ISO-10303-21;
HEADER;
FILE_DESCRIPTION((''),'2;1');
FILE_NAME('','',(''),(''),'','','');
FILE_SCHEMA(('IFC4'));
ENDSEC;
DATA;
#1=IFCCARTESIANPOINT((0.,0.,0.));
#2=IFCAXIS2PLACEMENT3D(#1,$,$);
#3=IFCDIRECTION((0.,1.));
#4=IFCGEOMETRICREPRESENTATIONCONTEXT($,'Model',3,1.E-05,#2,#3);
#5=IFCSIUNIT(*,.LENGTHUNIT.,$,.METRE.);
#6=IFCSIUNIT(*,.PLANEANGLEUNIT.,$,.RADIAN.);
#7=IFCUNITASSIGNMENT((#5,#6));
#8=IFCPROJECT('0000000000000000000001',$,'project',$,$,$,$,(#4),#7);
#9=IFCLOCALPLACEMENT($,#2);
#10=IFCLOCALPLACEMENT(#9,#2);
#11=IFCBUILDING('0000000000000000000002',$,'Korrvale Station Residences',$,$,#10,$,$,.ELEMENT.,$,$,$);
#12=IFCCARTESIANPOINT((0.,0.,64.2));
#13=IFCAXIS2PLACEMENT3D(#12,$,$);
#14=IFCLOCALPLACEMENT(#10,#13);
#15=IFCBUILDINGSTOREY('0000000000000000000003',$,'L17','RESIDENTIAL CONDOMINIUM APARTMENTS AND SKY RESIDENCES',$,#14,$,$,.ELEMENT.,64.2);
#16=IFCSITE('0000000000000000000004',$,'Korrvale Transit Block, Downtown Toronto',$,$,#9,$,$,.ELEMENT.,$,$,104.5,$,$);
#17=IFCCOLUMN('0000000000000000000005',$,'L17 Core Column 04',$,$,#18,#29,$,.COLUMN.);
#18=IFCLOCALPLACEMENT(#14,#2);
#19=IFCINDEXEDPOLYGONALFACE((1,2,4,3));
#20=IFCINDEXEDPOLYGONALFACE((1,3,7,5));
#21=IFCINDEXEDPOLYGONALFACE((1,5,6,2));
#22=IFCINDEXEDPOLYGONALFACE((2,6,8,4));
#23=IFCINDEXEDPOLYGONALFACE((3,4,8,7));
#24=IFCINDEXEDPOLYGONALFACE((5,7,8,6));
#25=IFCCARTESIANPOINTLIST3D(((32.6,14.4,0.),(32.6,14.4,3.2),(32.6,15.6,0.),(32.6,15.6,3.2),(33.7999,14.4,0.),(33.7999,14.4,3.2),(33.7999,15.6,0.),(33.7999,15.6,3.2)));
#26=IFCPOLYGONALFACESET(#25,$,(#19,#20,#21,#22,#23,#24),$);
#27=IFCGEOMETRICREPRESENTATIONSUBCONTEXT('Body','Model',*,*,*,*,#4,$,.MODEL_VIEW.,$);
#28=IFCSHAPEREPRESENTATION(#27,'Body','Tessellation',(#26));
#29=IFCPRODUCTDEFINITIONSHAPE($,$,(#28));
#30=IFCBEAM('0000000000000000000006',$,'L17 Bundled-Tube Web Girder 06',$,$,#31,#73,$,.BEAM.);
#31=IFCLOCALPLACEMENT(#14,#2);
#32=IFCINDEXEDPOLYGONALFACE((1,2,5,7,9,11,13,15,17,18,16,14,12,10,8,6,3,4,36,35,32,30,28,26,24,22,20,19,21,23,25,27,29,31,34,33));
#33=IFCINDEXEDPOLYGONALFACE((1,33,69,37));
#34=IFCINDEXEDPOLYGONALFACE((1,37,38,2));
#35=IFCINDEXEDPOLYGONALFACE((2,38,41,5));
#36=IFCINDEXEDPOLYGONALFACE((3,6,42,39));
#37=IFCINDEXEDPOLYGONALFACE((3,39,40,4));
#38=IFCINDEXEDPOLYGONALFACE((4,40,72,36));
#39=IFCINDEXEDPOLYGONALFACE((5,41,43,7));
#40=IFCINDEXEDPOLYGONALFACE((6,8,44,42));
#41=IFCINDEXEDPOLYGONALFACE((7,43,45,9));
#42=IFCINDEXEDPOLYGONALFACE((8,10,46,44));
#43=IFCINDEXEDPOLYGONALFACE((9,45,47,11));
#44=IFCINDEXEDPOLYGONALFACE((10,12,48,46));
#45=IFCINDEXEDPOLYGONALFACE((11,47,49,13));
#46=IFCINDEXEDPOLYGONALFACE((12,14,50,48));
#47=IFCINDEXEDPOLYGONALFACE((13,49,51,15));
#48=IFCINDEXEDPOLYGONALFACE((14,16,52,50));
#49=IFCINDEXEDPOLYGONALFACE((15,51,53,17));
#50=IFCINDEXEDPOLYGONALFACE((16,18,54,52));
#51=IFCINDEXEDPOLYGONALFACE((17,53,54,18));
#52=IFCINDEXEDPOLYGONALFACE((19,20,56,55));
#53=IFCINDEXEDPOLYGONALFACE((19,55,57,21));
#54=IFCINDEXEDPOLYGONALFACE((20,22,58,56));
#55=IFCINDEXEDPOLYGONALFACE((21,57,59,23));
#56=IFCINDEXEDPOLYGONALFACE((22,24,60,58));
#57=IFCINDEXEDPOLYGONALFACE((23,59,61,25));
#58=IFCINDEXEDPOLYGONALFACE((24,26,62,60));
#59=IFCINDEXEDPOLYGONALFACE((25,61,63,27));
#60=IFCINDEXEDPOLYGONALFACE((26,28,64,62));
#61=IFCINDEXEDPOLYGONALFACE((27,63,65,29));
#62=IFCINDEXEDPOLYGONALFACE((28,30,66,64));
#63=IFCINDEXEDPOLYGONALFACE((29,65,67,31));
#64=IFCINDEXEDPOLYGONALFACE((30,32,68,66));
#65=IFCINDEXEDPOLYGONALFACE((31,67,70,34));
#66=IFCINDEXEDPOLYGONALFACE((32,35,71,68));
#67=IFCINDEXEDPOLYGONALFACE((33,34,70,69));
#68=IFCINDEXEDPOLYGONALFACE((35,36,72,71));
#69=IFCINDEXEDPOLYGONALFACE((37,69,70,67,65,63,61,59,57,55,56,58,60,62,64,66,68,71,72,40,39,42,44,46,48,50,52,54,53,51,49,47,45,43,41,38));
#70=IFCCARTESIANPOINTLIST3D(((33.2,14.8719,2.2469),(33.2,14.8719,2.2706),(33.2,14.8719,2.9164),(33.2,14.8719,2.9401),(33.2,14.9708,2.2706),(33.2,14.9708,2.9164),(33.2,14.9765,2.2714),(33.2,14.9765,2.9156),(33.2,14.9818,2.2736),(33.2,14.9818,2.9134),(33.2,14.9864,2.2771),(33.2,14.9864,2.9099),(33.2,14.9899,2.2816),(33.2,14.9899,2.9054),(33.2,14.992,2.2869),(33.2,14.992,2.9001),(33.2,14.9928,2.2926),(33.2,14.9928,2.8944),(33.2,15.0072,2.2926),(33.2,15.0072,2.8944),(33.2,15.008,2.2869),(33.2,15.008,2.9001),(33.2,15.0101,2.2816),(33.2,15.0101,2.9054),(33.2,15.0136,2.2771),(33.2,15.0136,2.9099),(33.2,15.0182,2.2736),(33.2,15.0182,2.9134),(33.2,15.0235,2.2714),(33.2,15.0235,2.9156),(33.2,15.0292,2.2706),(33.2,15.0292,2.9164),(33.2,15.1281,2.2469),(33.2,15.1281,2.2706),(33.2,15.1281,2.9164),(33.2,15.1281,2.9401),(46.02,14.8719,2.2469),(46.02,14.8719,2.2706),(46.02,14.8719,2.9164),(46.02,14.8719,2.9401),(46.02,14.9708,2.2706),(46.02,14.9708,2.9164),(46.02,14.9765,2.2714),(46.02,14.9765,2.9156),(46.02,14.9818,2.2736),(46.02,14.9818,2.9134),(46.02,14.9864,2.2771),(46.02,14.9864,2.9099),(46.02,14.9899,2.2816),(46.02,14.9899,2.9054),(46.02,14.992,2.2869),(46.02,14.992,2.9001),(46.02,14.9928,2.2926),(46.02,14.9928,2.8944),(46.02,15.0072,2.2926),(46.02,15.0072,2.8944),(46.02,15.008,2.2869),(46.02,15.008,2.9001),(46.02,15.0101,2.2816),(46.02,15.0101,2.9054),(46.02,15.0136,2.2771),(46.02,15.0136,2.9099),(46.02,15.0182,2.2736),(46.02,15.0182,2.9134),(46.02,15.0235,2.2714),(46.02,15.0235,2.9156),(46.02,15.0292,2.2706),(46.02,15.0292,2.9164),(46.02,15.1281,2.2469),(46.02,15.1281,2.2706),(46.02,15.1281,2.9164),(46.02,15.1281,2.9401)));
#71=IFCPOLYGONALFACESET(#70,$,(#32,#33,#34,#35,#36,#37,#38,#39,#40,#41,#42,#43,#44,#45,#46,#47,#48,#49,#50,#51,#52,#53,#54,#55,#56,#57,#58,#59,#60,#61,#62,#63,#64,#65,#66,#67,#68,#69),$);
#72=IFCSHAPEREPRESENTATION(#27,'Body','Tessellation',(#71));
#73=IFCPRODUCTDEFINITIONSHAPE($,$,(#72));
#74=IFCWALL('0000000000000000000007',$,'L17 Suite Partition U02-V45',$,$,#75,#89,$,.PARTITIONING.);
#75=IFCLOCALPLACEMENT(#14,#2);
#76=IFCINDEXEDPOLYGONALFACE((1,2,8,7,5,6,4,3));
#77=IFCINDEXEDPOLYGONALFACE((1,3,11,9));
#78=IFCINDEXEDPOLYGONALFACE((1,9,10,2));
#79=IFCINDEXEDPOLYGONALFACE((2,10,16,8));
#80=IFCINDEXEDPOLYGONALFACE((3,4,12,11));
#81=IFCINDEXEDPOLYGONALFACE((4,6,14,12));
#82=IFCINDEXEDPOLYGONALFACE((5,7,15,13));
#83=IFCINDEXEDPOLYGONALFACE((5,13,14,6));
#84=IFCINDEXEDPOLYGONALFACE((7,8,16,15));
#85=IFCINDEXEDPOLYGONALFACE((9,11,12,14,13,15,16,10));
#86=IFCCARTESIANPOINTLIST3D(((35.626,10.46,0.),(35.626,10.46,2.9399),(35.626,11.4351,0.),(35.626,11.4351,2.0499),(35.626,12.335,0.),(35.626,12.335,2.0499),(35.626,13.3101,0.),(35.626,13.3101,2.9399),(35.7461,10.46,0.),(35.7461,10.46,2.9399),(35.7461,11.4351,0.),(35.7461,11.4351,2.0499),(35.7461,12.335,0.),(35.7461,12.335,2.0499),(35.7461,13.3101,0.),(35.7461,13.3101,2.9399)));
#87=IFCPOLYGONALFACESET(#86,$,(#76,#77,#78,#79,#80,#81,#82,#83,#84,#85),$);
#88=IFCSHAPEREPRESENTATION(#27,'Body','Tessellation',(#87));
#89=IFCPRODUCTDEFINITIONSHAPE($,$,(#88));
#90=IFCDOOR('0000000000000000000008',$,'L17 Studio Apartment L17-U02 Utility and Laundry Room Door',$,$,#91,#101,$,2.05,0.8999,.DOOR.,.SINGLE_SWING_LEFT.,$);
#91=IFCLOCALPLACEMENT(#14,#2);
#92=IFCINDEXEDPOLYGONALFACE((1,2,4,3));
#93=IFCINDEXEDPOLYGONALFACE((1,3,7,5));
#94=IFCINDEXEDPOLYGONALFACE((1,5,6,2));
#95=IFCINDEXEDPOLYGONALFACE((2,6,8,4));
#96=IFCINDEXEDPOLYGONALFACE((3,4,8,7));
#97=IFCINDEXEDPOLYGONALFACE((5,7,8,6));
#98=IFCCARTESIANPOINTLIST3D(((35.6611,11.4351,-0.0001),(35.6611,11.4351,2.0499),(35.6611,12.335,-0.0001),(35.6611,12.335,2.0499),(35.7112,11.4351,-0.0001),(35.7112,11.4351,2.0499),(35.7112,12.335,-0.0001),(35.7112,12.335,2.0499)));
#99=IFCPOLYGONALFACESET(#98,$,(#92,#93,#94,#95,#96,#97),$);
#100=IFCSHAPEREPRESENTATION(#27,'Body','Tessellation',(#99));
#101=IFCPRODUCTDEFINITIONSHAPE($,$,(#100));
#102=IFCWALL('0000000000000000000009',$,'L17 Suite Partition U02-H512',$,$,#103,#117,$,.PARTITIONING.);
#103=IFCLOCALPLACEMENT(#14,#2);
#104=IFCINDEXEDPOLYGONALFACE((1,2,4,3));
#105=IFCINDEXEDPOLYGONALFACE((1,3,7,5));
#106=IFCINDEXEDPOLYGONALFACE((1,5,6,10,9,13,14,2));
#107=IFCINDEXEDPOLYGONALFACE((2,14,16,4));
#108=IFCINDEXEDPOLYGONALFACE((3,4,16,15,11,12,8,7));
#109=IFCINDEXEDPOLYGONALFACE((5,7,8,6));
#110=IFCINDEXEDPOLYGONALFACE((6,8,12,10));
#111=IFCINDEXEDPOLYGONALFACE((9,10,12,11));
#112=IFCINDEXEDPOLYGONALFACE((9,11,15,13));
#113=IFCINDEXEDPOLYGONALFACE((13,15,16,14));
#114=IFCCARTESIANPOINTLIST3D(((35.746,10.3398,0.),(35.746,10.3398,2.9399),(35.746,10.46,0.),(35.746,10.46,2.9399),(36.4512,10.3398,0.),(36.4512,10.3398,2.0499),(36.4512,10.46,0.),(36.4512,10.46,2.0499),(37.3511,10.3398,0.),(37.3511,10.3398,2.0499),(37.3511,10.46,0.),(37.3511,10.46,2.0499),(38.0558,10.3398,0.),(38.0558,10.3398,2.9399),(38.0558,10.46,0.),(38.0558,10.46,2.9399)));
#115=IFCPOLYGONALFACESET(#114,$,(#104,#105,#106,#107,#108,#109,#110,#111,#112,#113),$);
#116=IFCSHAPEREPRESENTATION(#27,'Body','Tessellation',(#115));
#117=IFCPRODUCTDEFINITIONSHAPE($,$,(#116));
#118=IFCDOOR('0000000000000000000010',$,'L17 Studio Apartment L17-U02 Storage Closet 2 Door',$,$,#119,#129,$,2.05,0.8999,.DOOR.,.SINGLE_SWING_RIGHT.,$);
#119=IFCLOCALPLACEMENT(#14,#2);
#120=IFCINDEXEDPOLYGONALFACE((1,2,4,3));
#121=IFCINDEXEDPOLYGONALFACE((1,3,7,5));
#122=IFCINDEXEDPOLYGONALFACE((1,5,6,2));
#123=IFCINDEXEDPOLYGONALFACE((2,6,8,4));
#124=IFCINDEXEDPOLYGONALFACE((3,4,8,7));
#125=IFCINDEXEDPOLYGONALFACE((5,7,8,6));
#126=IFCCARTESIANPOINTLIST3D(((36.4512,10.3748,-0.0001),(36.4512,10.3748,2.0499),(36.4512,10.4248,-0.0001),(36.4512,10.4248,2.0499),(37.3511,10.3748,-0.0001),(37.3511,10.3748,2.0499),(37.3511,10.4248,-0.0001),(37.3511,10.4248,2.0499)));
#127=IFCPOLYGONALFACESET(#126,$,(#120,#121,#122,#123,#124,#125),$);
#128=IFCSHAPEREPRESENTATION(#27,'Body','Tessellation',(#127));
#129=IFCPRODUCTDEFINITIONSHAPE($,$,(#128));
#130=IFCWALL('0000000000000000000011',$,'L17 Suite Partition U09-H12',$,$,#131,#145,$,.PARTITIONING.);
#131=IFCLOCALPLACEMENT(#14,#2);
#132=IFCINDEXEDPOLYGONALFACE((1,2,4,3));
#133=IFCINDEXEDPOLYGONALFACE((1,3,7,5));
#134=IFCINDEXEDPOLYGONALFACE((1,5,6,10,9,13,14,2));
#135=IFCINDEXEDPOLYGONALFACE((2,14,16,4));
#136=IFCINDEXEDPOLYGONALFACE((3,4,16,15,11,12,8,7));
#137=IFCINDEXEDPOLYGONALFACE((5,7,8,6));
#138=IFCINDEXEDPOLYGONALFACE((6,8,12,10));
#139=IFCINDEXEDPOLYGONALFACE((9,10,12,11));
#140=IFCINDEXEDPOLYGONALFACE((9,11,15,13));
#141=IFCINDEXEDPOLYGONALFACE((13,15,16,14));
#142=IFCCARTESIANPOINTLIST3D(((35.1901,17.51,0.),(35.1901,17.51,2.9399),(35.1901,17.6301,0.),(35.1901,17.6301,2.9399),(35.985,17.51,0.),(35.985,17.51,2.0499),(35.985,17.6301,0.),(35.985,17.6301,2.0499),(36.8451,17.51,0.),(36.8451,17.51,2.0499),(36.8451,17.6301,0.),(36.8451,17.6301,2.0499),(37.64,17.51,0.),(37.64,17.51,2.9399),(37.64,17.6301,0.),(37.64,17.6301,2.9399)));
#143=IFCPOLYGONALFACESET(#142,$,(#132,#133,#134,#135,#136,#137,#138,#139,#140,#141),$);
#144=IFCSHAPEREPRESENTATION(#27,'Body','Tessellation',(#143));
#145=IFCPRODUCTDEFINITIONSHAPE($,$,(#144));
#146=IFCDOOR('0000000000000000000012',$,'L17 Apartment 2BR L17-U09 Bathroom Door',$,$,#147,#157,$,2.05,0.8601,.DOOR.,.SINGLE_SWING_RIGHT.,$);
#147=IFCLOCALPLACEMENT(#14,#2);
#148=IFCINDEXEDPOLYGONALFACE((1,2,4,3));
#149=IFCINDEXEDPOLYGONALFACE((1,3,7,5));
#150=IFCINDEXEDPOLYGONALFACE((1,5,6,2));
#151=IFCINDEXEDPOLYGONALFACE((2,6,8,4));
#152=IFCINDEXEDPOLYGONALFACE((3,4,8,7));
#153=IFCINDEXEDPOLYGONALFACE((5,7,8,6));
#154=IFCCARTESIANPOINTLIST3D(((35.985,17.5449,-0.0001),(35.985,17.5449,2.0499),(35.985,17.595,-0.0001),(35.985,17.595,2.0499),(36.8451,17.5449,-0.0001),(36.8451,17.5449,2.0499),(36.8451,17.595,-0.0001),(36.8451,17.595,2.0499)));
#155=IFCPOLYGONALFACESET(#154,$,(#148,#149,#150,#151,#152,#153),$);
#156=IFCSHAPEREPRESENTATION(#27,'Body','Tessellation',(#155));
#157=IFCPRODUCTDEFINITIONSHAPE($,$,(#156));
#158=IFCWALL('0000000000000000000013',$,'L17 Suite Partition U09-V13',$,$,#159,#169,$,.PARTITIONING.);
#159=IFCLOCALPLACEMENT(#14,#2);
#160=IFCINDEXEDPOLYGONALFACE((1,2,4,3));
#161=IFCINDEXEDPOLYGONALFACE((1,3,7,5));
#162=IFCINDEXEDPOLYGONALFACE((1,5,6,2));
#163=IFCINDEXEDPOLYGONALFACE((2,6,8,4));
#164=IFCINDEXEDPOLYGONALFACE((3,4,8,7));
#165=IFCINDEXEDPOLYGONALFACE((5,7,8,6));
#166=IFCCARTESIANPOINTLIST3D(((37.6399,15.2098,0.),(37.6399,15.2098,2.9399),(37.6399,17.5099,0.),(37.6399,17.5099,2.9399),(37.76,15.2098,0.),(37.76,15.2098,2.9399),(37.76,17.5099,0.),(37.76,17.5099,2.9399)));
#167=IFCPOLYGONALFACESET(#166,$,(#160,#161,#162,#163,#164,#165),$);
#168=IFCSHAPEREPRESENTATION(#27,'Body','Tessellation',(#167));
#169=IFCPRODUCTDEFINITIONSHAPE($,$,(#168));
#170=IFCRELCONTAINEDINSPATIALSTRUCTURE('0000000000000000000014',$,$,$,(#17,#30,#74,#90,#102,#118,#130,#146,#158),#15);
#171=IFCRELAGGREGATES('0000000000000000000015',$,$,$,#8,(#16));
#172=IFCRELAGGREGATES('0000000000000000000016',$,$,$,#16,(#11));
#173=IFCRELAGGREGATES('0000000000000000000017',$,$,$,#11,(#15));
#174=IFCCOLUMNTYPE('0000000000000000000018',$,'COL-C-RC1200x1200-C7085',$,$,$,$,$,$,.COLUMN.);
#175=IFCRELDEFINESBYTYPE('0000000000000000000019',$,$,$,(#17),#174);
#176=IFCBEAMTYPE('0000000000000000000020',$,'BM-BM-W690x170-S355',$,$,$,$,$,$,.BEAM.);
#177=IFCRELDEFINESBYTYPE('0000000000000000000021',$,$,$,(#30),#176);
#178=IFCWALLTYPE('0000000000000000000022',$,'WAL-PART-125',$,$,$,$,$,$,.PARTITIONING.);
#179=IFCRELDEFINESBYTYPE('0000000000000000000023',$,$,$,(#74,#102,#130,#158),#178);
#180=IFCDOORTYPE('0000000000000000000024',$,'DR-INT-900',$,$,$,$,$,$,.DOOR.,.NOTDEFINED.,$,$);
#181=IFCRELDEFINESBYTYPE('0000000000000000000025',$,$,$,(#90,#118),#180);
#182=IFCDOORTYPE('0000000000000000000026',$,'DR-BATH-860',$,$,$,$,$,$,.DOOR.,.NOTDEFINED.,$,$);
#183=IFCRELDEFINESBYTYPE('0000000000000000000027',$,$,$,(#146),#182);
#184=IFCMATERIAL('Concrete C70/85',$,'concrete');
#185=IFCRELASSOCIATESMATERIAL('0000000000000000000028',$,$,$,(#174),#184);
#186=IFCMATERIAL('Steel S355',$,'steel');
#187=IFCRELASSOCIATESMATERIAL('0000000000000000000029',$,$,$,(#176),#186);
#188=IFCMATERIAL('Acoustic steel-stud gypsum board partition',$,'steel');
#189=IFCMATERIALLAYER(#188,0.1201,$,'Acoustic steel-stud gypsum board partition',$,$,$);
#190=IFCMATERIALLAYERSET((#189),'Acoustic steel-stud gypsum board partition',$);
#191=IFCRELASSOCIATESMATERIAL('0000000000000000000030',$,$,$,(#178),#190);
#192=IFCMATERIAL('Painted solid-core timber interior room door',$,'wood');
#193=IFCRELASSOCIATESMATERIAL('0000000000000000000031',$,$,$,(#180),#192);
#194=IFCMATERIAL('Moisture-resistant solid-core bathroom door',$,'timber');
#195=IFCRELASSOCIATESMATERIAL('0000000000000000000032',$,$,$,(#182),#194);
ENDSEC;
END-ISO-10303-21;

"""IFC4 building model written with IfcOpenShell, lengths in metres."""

from ifc_helpers import new_model, si_unit, direction, frame, frame_2d, origin, origin_2d, place, context, subcontext, project, spatial, rectangle, i_section, extrude, material, layer, layer_set, material_profile, profile_set, type_object, element, fill, save


model = new_model("IFC4")

# Units and contexts
model_context = context("Model", 3, precision=1e-05, world=origin(), true_north=direction((0.0, 1.0)))
body_context = subcontext(model_context, "Body", "Model", "MODEL_VIEW")
ifc_project = project(units=[si_unit("LENGTHUNIT", "METRE"), si_unit("PLANEANGLEUNIT", "RADIAN")], contexts=[model_context])

# Site, building, storey
site_placement = place(None, origin())
site = spatial("IfcSite", under=ifc_project, at=site_placement, Name="Korrvale Transit Block, Downtown Toronto", CompositionType="ELEMENT", RefElevation=104.5)
building_placement = place(site_placement, origin())
building = spatial("IfcBuilding", under=site, at=building_placement, Name="Korrvale Station Residences", CompositionType="ELEMENT")
storey_placement = place(building_placement, frame((0.0, 0.0, 64.2)))
storey = spatial("IfcBuildingStorey", under=building, at=storey_placement, Name="L17", Description="RESIDENTIAL CONDOMINIUM APARTMENTS AND SKY RESIDENCES", CompositionType="ELEMENT", Elevation=64.2)

# Column
ifc_material_1 = material(Name="Concrete C70/85", Category="concrete")
ifc_material_profile_1 = material_profile(ifc_material_1, rectangle(XDim=1.2, YDim=1.2, at=origin_2d()), Name="RC1200x1200")
ifc_profile_set_1 = profile_set([ifc_material_profile_1], Name="Concrete C70/85")
column_type = type_object("IfcColumnType", Name="COL-C-RC1200x1200-C7085", PredefinedType="COLUMN", material=ifc_profile_set_1)
column_placement = place(storey_placement, frame((33.2, 15.0, 0.0), z_axis=(0.0, 0.0, 1.0), x_axis=(1.0, 0.0, 0.0)))
element("IfcColumn", 1, at=column_placement, inside=storey, type_object=column_type, Name="L17 Core Column 04", PredefinedType="COLUMN", context=body_context, shape_type="SweptSolid", body=[
    extrude(rectangle(XDim=1.2, YDim=1.2, at=origin_2d()), origin(), (0.0, 0.0, 1.0), 3.2),
])

# Beam
ifc_material_2 = material(Name="Steel S355", Category="steel")
ifc_material_profile_2 = material_profile(ifc_material_2, i_section(OverallWidth=0.2561, OverallDepth=0.6931, WebThickness=0.0144, FlangeThickness=0.0237, FilletRadius=0.022, at=origin_2d()), Name="W690x170")
ifc_profile_set_2 = profile_set([ifc_material_profile_2], Name="Steel S355")
beam_type = type_object("IfcBeamType", Name="BM-BM-W690x170-S355", PredefinedType="BEAM", material=ifc_profile_set_2)
beam_placement = place(storey_placement, frame((33.2, 15.0, 2.5935), z_axis=(1.0, 0.0, 0.0), x_axis=(0.0, 1.0, 0.0)))
element("IfcBeam", 2, at=beam_placement, inside=storey, type_object=beam_type, Name="L17 Bundled-Tube Web Girder 06", PredefinedType="BEAM", context=body_context, shape_type="SweptSolid", body=[
    extrude(i_section(OverallWidth=0.2561, OverallDepth=0.6931, WebThickness=0.0144, FlangeThickness=0.0237, FilletRadius=0.022, at=origin_2d()), origin(), (0.0, 0.0, 1.0), 12.8201),
])

# Walls, openings, doors
ifc_material_3 = material(Name="Acoustic steel-stud gypsum board partition", Category="steel")
ifc_layer_1 = layer(ifc_material_3, 0.1201, Name="Acoustic steel-stud gypsum board partition")
ifc_layer_set_1 = layer_set([ifc_layer_1], Name="Acoustic steel-stud gypsum board partition")
wall_type_1 = type_object("IfcWallType", Name="WAL-PART-125", PredefinedType="PARTITIONING", material=ifc_layer_set_1)
wall_1_placement = place(storey_placement, frame((35.686, 10.46, 0.0), z_axis=(0.0, 0.0, 1.0), x_axis=(0.0, 1.0, 0.0)))
wall_1 = element("IfcWall", 3, at=wall_1_placement, inside=storey, type_object=wall_type_1, Name="L17 Suite Partition U02-V45", PredefinedType="PARTITIONING", context=body_context, shape_type="SweptSolid", body=[
    extrude(rectangle(XDim=2.8501, YDim=0.1201, at=frame_2d((1.425, 0.0))), origin(), (0.0, 0.0, 1.0), 2.9399),
])
opening_1_placement = place(wall_1_placement, frame((0.9751, 0.0, 0.0)))
opening_1 = element("IfcOpeningElement", 4, at=opening_1_placement, cuts=wall_1, PredefinedType="OPENING", context=body_context, shape_type="SweptSolid", body=[
    extrude(rectangle(XDim=0.8999, YDim=2.05, at=frame_2d((0.45, 1.0249))), frame((0.0, 0.0701, 0.0), z_axis=(0.0, -1.0, 0.0), x_axis=(1.0, 0.0, 0.0)), (0.0, 0.0, 1.0), 0.1401),
])
ifc_material_4 = material(Name="Painted solid-core timber interior room door", Category="wood")
door_type_1 = type_object("IfcDoorType", Name="DR-INT-900", OperationType="NOTDEFINED", PredefinedType="DOOR", material=ifc_material_4)
door_1_placement = place(opening_1_placement, origin())
door_1 = element("IfcDoor", 5, at=door_1_placement, inside=storey, type_object=door_type_1, Name="L17 Studio Apartment L17-U02 Utility and Laundry Room Door", OperationType="SINGLE_SWING_LEFT", OverallHeight=2.05, OverallWidth=0.8999, PredefinedType="DOOR", context=body_context, shape_type="SweptSolid", body=[
    extrude(rectangle(XDim=0.8999, YDim=2.05, at=frame_2d((0.45, 1.0249))), frame((0.0, 0.0249, 0.0), z_axis=(0.0, -1.0, 0.0), x_axis=(1.0, 0.0, 0.0)), (0.0, 0.0, 1.0), 0.05),
])
fill(opening_1, door_1)
wall_2_placement = place(storey_placement, frame((35.7461, 10.3999, 0.0), z_axis=(0.0, 0.0, 1.0), x_axis=(1.0, 0.0, 0.0)))
wall_2 = element("IfcWall", 6, at=wall_2_placement, inside=storey, type_object=wall_type_1, Name="L17 Suite Partition U02-H512", PredefinedType="PARTITIONING", context=body_context, shape_type="SweptSolid", body=[
    extrude(rectangle(XDim=2.3098, YDim=0.1201, at=frame_2d((1.1548, 0.0))), origin(), (0.0, 0.0, 1.0), 2.9399),
])
opening_2_placement = place(wall_2_placement, frame((0.7051, 0.0, 0.0)))
opening_2 = element("IfcOpeningElement", 7, at=opening_2_placement, cuts=wall_2, PredefinedType="OPENING", context=body_context, shape_type="SweptSolid", body=[
    extrude(rectangle(XDim=0.8999, YDim=2.05, at=frame_2d((0.45, 1.0249))), frame((0.0, 0.0701, 0.0), z_axis=(0.0, -1.0, 0.0), x_axis=(1.0, 0.0, 0.0)), (0.0, 0.0, 1.0), 0.1401),
])
door_2_placement = place(opening_2_placement, origin())
door_2 = element("IfcDoor", 8, at=door_2_placement, inside=storey, type_object=door_type_1, Name="L17 Studio Apartment L17-U02 Storage Closet 2 Door", OperationType="SINGLE_SWING_RIGHT", OverallHeight=2.05, OverallWidth=0.8999, PredefinedType="DOOR", context=body_context, shape_type="SweptSolid", body=[
    extrude(rectangle(XDim=0.8999, YDim=2.05, at=frame_2d((0.45, 1.0249))), frame((0.0, 0.0249, 0.0), z_axis=(0.0, -1.0, 0.0), x_axis=(1.0, 0.0, 0.0)), (0.0, 0.0, 1.0), 0.05),
])
fill(opening_2, door_2)
wall_3_placement = place(storey_placement, frame((35.1899, 17.5701, 0.0), z_axis=(0.0, 0.0, 1.0), x_axis=(1.0, 0.0, 0.0)))
wall_3 = element("IfcWall", 9, at=wall_3_placement, inside=storey, type_object=wall_type_1, Name="L17 Suite Partition U09-H12", PredefinedType="PARTITIONING", context=body_context, shape_type="SweptSolid", body=[
    extrude(rectangle(XDim=2.45, YDim=0.1201, at=frame_2d((1.2251, 0.0))), origin(), (0.0, 0.0, 1.0), 2.9399),
])
opening_3_placement = place(wall_3_placement, frame((0.7949, 0.0, 0.0)))
opening_3 = element("IfcOpeningElement", 10, at=opening_3_placement, cuts=wall_3, PredefinedType="OPENING", context=body_context, shape_type="SweptSolid", body=[
    extrude(rectangle(XDim=0.8601, YDim=2.05, at=frame_2d((0.4302, 1.0249))), frame((0.0, 0.0701, 0.0), z_axis=(0.0, -1.0, 0.0), x_axis=(1.0, 0.0, 0.0)), (0.0, 0.0, 1.0), 0.1401),
])
ifc_material_5 = material(Name="Moisture-resistant solid-core bathroom door", Category="timber")
door_type_2 = type_object("IfcDoorType", Name="DR-BATH-860", OperationType="NOTDEFINED", PredefinedType="DOOR", material=ifc_material_5)
door_3_placement = place(opening_3_placement, origin())
door_3 = element("IfcDoor", 11, at=door_3_placement, inside=storey, type_object=door_type_2, Name="L17 Apartment 2BR L17-U09 Bathroom Door", OperationType="SINGLE_SWING_RIGHT", OverallHeight=2.05, OverallWidth=0.8601, PredefinedType="DOOR", context=body_context, shape_type="SweptSolid", body=[
    extrude(rectangle(XDim=0.8601, YDim=2.05, at=frame_2d((0.4302, 1.0249))), frame((0.0, 0.0249, 0.0), z_axis=(0.0, -1.0, 0.0), x_axis=(1.0, 0.0, 0.0)), (0.0, 0.0, 1.0), 0.05),
])
fill(opening_3, door_3)

# Wall
wall_4_placement = place(storey_placement, frame((37.7, 15.21, 0.0), z_axis=(0.0, 0.0, 1.0), x_axis=(0.0, 1.0, 0.0)))
element("IfcWall", 12, at=wall_4_placement, inside=storey, type_object=wall_type_1, Name="L17 Suite Partition U09-V13", PredefinedType="PARTITIONING", context=body_context, shape_type="SweptSolid", body=[
    extrude(rectangle(XDim=2.3, YDim=0.1201, at=frame_2d((1.1499, 0.0))), origin(), (0.0, 0.0, 1.0), 2.9399),
])

save(model, "model.ifc")
